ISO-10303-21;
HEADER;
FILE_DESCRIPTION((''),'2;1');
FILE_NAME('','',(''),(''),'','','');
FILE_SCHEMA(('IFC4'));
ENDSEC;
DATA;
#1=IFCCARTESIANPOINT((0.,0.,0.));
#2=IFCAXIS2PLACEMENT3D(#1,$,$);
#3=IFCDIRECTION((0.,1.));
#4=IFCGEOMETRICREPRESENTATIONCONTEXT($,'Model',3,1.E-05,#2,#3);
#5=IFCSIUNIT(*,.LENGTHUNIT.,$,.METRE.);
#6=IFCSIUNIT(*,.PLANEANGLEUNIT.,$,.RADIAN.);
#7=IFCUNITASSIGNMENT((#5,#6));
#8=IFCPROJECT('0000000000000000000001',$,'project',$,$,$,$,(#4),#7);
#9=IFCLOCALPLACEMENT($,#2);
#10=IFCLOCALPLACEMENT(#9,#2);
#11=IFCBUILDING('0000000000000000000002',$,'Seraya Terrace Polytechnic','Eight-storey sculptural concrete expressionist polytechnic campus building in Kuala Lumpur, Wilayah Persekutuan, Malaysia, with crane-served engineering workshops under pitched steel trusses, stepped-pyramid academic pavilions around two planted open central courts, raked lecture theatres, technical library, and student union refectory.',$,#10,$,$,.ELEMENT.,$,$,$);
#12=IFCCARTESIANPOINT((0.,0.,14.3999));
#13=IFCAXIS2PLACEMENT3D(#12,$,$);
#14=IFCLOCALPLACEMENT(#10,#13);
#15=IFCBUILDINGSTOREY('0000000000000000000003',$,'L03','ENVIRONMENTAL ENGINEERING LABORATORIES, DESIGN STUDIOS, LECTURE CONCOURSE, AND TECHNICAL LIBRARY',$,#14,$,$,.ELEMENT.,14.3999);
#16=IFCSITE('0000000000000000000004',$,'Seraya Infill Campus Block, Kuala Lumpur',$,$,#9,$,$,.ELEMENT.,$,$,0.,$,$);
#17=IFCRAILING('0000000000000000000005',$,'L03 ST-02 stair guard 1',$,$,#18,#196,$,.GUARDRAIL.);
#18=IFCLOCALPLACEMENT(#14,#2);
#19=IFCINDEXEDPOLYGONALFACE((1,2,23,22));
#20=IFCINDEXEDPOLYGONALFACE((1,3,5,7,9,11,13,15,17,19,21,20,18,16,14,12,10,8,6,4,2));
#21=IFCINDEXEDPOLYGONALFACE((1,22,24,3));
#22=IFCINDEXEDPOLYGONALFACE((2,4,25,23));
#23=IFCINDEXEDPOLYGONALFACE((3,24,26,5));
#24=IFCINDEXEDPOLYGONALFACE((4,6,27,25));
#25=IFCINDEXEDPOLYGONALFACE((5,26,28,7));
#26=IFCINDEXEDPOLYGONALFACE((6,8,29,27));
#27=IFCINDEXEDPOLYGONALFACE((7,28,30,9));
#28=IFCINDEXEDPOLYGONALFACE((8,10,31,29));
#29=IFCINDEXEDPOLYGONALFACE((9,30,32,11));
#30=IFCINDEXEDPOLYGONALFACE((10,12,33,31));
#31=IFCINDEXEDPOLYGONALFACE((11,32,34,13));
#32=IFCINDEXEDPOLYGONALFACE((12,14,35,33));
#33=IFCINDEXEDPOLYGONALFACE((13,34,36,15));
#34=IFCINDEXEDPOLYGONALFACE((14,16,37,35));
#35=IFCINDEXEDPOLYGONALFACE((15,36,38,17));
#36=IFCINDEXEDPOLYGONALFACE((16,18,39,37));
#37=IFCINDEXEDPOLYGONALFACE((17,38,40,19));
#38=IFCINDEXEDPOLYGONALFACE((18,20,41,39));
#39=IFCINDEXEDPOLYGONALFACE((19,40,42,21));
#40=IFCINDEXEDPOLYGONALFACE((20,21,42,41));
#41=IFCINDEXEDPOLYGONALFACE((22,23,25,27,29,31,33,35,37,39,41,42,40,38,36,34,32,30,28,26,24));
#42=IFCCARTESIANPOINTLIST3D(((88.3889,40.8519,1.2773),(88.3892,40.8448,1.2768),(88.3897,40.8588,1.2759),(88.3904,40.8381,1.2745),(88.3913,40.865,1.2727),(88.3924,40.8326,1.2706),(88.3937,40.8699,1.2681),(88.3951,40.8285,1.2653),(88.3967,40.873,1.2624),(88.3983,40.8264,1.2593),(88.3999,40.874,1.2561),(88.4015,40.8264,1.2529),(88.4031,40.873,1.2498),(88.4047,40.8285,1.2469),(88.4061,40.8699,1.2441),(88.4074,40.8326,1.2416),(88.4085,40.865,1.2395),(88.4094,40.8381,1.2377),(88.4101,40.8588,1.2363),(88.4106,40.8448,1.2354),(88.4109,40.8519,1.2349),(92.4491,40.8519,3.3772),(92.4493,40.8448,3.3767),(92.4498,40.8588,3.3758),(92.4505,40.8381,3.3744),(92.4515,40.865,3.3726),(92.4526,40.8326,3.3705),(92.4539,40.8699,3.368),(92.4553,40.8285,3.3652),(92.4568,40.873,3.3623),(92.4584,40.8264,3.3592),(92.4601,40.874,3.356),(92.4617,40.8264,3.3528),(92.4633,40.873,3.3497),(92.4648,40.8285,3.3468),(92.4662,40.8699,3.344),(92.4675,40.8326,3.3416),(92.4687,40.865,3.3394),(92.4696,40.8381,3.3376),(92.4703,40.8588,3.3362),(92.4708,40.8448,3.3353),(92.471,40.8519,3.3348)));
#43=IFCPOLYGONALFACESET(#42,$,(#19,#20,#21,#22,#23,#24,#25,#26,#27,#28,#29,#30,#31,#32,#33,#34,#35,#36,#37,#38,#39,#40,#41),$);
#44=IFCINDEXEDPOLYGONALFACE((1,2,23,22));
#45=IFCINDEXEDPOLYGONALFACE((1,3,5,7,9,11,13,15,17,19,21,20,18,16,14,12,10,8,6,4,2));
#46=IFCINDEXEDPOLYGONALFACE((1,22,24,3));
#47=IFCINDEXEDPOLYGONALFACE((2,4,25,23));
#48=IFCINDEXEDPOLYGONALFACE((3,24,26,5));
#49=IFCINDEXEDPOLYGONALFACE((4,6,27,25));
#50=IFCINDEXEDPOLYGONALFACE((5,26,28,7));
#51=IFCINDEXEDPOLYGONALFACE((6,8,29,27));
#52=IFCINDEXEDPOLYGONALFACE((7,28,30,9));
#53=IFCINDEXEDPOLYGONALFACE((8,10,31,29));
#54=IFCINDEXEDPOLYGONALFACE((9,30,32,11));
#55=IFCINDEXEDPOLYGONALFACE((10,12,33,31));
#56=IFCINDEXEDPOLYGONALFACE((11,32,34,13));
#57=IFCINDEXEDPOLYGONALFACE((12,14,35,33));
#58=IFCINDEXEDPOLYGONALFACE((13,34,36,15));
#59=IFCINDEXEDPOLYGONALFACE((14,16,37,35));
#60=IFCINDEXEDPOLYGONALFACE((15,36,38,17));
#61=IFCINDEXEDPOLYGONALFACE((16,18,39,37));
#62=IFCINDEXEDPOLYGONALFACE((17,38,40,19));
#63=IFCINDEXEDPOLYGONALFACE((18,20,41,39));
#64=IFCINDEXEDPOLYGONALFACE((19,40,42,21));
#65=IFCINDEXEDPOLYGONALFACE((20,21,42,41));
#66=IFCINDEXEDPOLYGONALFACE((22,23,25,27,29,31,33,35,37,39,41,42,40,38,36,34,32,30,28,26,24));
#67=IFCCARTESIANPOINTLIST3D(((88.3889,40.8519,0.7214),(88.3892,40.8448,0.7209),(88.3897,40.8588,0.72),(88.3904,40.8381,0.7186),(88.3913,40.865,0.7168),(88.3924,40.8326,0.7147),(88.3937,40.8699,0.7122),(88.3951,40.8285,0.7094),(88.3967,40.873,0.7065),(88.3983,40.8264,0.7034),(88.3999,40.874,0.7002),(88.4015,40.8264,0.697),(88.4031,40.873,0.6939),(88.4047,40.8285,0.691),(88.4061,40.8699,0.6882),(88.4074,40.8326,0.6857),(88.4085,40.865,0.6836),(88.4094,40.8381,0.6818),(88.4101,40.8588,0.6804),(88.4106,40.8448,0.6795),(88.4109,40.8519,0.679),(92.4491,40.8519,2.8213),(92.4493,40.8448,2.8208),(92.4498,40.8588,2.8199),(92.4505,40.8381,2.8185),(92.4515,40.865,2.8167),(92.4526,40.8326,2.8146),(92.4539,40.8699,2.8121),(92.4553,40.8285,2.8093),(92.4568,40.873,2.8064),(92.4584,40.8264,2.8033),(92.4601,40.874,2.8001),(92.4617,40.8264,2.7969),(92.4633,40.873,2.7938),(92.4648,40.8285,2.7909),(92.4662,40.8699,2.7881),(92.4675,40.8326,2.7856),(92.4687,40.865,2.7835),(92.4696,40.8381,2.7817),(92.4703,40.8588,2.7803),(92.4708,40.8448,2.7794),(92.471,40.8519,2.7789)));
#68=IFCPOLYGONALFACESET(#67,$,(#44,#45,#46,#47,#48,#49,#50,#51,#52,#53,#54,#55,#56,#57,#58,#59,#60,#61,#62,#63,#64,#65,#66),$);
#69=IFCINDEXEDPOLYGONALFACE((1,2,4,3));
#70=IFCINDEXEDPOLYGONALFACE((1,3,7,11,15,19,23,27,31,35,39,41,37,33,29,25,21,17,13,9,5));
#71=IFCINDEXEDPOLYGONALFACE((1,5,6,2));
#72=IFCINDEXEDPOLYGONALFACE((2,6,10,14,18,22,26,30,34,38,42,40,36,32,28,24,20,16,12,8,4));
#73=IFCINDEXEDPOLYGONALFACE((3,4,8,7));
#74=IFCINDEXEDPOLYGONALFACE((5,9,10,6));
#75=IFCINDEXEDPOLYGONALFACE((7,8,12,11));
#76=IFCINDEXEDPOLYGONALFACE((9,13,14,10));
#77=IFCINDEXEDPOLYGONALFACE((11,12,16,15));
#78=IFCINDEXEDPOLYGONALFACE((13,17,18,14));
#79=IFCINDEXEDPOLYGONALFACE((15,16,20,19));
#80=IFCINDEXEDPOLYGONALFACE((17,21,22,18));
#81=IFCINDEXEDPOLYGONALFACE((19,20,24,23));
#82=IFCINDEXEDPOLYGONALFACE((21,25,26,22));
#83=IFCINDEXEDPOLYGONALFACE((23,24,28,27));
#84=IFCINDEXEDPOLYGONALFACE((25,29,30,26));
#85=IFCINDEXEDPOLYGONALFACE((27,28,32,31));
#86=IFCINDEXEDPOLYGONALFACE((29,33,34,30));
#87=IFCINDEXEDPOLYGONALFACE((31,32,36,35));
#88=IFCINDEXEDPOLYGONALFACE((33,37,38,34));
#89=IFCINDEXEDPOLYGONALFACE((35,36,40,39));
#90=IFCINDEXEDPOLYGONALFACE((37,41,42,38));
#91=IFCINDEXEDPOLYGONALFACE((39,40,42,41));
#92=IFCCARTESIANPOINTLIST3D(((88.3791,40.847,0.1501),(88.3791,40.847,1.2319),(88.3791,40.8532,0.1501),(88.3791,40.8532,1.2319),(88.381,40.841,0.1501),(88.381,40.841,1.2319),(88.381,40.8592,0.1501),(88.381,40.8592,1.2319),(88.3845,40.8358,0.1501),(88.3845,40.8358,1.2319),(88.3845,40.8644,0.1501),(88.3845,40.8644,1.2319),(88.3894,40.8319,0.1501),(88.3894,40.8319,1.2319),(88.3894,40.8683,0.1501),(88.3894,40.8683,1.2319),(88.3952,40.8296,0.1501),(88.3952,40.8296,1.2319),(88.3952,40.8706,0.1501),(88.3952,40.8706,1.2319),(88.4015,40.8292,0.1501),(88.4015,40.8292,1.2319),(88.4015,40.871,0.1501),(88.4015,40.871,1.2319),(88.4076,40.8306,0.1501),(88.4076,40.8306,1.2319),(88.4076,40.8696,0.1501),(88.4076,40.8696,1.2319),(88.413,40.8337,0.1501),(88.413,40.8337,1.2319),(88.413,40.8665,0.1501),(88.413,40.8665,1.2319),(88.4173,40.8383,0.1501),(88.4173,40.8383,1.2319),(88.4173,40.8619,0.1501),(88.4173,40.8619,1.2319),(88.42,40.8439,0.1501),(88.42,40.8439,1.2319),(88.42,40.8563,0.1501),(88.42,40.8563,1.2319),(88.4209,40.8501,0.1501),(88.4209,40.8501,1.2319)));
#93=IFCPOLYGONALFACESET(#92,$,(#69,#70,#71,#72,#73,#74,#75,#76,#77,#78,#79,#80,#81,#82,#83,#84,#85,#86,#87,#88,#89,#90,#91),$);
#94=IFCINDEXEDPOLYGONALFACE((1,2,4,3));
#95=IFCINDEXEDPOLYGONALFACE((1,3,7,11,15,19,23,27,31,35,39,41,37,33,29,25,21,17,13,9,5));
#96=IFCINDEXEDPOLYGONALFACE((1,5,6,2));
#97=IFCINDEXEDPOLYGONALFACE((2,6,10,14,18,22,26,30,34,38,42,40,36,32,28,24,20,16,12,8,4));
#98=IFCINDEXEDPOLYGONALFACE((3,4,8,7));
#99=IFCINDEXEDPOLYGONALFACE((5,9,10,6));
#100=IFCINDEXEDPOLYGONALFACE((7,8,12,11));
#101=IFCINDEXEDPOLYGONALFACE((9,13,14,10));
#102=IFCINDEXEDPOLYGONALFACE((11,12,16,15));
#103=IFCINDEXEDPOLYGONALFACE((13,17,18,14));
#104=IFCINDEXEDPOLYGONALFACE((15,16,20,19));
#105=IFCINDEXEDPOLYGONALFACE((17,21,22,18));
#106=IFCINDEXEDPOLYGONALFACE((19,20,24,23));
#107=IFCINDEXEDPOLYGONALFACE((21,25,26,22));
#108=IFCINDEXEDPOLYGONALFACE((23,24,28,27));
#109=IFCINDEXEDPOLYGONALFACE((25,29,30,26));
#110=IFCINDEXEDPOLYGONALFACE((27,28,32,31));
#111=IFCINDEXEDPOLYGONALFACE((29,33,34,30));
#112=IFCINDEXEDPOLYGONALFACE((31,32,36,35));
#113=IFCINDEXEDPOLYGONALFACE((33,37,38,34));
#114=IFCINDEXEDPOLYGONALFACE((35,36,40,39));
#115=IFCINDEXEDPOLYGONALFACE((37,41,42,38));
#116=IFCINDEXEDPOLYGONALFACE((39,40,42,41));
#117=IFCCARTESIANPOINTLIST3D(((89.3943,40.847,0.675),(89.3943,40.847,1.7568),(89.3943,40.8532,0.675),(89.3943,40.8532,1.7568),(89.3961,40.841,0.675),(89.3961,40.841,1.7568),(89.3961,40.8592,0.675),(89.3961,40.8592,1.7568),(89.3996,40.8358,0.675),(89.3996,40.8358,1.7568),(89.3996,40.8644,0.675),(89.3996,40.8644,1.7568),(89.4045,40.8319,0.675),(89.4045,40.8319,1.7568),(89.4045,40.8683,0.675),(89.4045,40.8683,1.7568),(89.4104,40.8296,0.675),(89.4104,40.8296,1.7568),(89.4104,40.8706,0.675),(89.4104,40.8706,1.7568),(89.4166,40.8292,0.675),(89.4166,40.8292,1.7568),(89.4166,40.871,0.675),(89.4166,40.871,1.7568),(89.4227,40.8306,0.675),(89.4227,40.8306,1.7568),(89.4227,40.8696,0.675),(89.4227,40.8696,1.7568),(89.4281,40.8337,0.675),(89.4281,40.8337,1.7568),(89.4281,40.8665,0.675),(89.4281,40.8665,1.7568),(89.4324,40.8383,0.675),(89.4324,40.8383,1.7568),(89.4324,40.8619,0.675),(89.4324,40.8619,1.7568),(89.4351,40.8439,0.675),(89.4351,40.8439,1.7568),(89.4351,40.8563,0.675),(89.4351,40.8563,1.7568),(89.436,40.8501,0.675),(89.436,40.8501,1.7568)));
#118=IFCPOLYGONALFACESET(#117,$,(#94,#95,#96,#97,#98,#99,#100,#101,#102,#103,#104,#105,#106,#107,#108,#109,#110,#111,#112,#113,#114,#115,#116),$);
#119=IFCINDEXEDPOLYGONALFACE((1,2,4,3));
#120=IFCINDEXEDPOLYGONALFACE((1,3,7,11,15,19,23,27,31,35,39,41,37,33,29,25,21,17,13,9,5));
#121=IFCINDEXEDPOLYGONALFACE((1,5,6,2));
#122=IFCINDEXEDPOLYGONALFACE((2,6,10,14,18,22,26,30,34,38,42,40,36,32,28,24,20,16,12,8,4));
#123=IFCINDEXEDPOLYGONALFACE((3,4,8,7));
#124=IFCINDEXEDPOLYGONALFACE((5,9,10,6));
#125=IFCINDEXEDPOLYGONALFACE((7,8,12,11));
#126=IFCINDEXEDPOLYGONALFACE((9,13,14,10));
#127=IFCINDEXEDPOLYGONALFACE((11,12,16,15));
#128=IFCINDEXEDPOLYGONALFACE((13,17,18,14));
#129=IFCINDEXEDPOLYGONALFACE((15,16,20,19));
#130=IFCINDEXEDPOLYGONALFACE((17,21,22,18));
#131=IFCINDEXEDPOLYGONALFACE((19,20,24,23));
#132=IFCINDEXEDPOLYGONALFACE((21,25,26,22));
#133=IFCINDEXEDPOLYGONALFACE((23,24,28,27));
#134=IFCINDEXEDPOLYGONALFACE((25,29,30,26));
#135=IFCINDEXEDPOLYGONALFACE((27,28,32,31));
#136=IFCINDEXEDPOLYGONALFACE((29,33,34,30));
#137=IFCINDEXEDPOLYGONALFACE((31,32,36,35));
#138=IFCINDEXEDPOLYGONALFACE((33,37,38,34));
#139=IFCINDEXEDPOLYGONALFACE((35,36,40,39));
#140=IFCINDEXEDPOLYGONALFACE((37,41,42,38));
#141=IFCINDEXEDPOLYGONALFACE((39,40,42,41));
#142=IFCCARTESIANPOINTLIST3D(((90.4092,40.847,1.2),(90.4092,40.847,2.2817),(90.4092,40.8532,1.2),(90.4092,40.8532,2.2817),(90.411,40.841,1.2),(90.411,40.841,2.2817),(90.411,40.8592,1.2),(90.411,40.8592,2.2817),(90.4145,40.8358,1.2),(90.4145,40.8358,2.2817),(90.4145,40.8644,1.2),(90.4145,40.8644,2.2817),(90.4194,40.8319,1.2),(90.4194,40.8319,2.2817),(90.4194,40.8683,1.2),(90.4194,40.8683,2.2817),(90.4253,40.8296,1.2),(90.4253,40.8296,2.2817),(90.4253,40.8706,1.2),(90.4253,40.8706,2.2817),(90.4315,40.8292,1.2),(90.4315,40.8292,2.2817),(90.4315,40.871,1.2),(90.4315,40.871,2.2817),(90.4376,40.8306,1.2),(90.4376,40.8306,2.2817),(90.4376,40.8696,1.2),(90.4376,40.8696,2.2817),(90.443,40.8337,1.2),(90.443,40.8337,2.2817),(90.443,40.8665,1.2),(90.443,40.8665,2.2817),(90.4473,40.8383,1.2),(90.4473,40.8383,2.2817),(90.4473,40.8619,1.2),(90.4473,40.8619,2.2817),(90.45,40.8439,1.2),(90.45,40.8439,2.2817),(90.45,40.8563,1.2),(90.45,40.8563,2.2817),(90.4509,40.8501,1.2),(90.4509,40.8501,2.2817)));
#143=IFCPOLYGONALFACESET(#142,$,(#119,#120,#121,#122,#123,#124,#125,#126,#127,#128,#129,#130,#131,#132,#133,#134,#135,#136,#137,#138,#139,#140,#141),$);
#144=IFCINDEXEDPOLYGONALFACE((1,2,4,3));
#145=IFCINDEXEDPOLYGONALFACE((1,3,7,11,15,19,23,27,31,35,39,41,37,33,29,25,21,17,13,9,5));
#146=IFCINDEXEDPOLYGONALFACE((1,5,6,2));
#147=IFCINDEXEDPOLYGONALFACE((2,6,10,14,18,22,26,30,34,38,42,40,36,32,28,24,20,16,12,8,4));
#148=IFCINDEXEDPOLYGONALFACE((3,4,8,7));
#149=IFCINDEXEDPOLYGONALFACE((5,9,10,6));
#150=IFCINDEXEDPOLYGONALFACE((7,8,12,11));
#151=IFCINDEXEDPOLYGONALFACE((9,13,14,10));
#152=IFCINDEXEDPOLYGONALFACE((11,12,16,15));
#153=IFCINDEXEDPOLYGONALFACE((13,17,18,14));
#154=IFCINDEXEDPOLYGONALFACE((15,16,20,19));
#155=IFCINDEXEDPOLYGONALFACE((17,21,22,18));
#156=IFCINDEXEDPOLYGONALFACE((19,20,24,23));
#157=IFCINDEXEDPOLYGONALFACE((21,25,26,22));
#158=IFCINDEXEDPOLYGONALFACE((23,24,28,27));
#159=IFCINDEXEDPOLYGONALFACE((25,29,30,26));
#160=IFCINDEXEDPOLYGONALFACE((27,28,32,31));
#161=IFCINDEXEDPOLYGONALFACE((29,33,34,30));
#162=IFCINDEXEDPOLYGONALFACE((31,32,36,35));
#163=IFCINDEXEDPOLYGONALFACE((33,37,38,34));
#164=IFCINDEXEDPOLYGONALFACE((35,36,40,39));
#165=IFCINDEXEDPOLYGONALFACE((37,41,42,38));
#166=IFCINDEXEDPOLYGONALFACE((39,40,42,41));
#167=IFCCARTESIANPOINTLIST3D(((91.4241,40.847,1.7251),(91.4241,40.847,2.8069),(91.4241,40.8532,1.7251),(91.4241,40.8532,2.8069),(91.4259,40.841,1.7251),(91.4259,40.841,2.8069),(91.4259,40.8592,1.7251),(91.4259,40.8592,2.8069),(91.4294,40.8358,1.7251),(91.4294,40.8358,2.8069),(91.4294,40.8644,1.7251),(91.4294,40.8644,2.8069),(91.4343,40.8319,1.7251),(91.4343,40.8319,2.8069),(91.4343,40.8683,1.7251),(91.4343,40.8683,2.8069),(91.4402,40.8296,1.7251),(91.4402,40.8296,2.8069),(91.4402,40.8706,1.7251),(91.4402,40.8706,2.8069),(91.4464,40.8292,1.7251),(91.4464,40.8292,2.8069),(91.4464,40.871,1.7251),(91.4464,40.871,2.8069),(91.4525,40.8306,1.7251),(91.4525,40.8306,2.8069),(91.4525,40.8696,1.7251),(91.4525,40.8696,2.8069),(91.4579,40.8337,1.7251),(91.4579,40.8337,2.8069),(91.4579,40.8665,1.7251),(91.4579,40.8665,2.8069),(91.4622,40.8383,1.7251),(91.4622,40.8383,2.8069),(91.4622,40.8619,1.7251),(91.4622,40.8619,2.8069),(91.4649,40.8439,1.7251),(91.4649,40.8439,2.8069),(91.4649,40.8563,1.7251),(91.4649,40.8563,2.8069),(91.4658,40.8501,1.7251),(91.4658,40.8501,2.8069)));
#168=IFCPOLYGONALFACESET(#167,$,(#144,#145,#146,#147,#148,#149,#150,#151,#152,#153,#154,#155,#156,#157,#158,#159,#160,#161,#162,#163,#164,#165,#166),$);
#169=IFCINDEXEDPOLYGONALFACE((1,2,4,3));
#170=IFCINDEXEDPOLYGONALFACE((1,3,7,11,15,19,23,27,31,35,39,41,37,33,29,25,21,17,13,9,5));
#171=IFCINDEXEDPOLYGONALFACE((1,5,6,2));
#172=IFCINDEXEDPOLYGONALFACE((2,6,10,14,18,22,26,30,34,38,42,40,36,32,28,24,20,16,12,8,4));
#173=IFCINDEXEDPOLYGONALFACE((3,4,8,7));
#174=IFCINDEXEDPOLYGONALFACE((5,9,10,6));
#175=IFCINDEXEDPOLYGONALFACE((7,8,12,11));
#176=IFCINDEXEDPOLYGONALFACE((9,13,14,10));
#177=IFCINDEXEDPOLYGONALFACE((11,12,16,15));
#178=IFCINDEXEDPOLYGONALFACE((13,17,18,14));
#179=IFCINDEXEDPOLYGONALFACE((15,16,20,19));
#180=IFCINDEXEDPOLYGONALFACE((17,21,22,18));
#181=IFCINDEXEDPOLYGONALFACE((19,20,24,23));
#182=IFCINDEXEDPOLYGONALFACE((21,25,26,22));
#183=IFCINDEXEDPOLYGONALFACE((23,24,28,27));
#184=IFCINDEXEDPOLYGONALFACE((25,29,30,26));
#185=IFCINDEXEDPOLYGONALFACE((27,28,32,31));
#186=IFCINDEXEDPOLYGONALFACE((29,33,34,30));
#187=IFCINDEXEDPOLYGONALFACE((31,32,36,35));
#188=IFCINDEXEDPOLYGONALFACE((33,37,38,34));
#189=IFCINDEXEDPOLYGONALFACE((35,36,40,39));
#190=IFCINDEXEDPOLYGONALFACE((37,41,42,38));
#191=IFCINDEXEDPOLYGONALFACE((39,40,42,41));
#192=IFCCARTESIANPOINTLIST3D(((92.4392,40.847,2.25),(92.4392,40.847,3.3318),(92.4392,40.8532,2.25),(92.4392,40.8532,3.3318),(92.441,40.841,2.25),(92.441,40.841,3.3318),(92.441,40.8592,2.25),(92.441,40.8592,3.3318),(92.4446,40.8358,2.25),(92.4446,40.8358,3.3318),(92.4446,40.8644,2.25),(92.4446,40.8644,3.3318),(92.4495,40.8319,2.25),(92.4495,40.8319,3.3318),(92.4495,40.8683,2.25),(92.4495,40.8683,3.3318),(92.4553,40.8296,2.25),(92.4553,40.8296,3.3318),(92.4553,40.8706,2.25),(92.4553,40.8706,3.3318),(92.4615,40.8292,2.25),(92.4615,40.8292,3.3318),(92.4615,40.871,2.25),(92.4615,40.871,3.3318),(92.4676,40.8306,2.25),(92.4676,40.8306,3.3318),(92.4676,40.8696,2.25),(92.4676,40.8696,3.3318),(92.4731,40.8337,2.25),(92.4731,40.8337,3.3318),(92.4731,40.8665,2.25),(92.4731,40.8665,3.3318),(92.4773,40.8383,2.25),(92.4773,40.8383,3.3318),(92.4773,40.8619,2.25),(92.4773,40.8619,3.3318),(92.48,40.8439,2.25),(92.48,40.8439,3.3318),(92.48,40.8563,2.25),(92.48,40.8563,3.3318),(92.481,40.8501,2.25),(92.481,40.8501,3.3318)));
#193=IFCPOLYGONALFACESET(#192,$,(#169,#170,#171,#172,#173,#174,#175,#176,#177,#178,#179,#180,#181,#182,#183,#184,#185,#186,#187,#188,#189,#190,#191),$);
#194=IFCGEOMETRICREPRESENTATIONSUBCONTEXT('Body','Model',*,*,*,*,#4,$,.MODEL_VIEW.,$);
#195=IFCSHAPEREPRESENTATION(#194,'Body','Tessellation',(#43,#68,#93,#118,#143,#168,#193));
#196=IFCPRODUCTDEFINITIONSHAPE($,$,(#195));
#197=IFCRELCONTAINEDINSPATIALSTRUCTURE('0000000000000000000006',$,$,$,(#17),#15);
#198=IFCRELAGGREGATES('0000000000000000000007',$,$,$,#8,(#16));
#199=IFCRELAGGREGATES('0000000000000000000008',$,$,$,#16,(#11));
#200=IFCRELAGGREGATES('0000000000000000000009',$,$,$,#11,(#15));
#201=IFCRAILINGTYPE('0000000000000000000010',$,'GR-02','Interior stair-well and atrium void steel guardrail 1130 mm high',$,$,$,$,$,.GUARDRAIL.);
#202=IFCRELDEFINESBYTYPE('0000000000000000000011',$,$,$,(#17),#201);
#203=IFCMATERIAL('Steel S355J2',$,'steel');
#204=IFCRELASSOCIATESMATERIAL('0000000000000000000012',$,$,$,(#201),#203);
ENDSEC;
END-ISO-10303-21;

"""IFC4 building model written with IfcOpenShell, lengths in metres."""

from ifc_helpers import new_model, si_unit, direction, frame, origin, origin_2d, place, context, subcontext, project, spatial, circle, extrude, material, type_object, element, save


model = new_model("IFC4")

# Units and contexts
model_context = context("Model", 3, precision=1e-05, world=origin(), true_north=direction((0.0, 1.0)))
body_context = subcontext(model_context, "Body", "Model", "MODEL_VIEW")
ifc_project = project(units=[si_unit("LENGTHUNIT", "METRE"), si_unit("PLANEANGLEUNIT", "RADIAN")], contexts=[model_context])

# Site, building, storey
site_placement = place(None, origin())
site = spatial("IfcSite", under=ifc_project, at=site_placement, Name="Seraya Infill Campus Block, Kuala Lumpur", CompositionType="ELEMENT", RefElevation=0.0)
building_placement = place(site_placement, origin())
building = spatial("IfcBuilding", under=site, at=building_placement, Name="Seraya Terrace Polytechnic", Description="Eight-storey sculptural concrete expressionist polytechnic campus building in Kuala Lumpur, Wilayah Persekutuan, Malaysia, with crane-served engineering workshops under pitched steel trusses, stepped-pyramid academic pavilions around two planted open central courts, raked lecture theatres, technical library, and student union refectory.", CompositionType="ELEMENT")
storey_placement = place(building_placement, frame((0.0, 0.0, 14.3999)))
storey = spatial("IfcBuildingStorey", under=building, at=storey_placement, Name="L03", Description="ENVIRONMENTAL ENGINEERING LABORATORIES, DESIGN STUDIOS, LECTURE CONCOURSE, AND TECHNICAL LIBRARY", CompositionType="ELEMENT", Elevation=14.3999)

# Shared definitions
ifc_material_1 = material(Name="Steel S355J2", Category="steel")

# Railing
railing_type_1 = type_object("IfcRailingType", Name="GR-02", Description="Interior stair-well and atrium void steel guardrail 1130 mm high", PredefinedType="GUARDRAIL", material=ifc_material_1)
railing_1_placement = place(storey_placement, frame((88.3999, 40.8501, 0.1501)))
element("IfcRailing", 1, at=railing_1_placement, inside=storey, type_object=railing_type_1, Name="L03 ST-02 stair guard 1", PredefinedType="GUARDRAIL", context=body_context, shape_type="SweptSolid", body=[
    extrude(circle(Radius=0.0239, at=origin_2d()), frame((0.0, 0.0, 1.106), z_axis=(0.888233, 0.0, 0.459392), x_axis=(0.0, 1.0, 0.0)), (0.0, 0.0, 1.0), 4.571),
    extrude(circle(Radius=0.0239, at=origin_2d()), frame((0.0, 0.0, 0.55), z_axis=(0.888233, 0.0, 0.459392), x_axis=(0.0, 1.0, 0.0)), (0.0, 0.0, 1.0), 4.571),
    extrude(circle(Radius=0.021, at=origin_2d()), origin(), (0.0, 0.0, 1.0), 1.0818),
    extrude(circle(Radius=0.021, at=origin_2d()), frame((1.0151, 0.0, 0.5249)), (0.0, 0.0, 1.0), 1.0818),
    extrude(circle(Radius=0.021, at=origin_2d()), frame((2.03, 0.0, 1.0498)), (0.0, 0.0, 1.0), 1.0818),
    extrude(circle(Radius=0.021, at=origin_2d()), frame((3.0449, 0.0, 1.575)), (0.0, 0.0, 1.0), 1.0818),
    extrude(circle(Radius=0.021, at=origin_2d()), frame((4.0601, 0.0, 2.0999)), (0.0, 0.0, 1.0), 1.0818),
])

save(model, "model.ifc")
